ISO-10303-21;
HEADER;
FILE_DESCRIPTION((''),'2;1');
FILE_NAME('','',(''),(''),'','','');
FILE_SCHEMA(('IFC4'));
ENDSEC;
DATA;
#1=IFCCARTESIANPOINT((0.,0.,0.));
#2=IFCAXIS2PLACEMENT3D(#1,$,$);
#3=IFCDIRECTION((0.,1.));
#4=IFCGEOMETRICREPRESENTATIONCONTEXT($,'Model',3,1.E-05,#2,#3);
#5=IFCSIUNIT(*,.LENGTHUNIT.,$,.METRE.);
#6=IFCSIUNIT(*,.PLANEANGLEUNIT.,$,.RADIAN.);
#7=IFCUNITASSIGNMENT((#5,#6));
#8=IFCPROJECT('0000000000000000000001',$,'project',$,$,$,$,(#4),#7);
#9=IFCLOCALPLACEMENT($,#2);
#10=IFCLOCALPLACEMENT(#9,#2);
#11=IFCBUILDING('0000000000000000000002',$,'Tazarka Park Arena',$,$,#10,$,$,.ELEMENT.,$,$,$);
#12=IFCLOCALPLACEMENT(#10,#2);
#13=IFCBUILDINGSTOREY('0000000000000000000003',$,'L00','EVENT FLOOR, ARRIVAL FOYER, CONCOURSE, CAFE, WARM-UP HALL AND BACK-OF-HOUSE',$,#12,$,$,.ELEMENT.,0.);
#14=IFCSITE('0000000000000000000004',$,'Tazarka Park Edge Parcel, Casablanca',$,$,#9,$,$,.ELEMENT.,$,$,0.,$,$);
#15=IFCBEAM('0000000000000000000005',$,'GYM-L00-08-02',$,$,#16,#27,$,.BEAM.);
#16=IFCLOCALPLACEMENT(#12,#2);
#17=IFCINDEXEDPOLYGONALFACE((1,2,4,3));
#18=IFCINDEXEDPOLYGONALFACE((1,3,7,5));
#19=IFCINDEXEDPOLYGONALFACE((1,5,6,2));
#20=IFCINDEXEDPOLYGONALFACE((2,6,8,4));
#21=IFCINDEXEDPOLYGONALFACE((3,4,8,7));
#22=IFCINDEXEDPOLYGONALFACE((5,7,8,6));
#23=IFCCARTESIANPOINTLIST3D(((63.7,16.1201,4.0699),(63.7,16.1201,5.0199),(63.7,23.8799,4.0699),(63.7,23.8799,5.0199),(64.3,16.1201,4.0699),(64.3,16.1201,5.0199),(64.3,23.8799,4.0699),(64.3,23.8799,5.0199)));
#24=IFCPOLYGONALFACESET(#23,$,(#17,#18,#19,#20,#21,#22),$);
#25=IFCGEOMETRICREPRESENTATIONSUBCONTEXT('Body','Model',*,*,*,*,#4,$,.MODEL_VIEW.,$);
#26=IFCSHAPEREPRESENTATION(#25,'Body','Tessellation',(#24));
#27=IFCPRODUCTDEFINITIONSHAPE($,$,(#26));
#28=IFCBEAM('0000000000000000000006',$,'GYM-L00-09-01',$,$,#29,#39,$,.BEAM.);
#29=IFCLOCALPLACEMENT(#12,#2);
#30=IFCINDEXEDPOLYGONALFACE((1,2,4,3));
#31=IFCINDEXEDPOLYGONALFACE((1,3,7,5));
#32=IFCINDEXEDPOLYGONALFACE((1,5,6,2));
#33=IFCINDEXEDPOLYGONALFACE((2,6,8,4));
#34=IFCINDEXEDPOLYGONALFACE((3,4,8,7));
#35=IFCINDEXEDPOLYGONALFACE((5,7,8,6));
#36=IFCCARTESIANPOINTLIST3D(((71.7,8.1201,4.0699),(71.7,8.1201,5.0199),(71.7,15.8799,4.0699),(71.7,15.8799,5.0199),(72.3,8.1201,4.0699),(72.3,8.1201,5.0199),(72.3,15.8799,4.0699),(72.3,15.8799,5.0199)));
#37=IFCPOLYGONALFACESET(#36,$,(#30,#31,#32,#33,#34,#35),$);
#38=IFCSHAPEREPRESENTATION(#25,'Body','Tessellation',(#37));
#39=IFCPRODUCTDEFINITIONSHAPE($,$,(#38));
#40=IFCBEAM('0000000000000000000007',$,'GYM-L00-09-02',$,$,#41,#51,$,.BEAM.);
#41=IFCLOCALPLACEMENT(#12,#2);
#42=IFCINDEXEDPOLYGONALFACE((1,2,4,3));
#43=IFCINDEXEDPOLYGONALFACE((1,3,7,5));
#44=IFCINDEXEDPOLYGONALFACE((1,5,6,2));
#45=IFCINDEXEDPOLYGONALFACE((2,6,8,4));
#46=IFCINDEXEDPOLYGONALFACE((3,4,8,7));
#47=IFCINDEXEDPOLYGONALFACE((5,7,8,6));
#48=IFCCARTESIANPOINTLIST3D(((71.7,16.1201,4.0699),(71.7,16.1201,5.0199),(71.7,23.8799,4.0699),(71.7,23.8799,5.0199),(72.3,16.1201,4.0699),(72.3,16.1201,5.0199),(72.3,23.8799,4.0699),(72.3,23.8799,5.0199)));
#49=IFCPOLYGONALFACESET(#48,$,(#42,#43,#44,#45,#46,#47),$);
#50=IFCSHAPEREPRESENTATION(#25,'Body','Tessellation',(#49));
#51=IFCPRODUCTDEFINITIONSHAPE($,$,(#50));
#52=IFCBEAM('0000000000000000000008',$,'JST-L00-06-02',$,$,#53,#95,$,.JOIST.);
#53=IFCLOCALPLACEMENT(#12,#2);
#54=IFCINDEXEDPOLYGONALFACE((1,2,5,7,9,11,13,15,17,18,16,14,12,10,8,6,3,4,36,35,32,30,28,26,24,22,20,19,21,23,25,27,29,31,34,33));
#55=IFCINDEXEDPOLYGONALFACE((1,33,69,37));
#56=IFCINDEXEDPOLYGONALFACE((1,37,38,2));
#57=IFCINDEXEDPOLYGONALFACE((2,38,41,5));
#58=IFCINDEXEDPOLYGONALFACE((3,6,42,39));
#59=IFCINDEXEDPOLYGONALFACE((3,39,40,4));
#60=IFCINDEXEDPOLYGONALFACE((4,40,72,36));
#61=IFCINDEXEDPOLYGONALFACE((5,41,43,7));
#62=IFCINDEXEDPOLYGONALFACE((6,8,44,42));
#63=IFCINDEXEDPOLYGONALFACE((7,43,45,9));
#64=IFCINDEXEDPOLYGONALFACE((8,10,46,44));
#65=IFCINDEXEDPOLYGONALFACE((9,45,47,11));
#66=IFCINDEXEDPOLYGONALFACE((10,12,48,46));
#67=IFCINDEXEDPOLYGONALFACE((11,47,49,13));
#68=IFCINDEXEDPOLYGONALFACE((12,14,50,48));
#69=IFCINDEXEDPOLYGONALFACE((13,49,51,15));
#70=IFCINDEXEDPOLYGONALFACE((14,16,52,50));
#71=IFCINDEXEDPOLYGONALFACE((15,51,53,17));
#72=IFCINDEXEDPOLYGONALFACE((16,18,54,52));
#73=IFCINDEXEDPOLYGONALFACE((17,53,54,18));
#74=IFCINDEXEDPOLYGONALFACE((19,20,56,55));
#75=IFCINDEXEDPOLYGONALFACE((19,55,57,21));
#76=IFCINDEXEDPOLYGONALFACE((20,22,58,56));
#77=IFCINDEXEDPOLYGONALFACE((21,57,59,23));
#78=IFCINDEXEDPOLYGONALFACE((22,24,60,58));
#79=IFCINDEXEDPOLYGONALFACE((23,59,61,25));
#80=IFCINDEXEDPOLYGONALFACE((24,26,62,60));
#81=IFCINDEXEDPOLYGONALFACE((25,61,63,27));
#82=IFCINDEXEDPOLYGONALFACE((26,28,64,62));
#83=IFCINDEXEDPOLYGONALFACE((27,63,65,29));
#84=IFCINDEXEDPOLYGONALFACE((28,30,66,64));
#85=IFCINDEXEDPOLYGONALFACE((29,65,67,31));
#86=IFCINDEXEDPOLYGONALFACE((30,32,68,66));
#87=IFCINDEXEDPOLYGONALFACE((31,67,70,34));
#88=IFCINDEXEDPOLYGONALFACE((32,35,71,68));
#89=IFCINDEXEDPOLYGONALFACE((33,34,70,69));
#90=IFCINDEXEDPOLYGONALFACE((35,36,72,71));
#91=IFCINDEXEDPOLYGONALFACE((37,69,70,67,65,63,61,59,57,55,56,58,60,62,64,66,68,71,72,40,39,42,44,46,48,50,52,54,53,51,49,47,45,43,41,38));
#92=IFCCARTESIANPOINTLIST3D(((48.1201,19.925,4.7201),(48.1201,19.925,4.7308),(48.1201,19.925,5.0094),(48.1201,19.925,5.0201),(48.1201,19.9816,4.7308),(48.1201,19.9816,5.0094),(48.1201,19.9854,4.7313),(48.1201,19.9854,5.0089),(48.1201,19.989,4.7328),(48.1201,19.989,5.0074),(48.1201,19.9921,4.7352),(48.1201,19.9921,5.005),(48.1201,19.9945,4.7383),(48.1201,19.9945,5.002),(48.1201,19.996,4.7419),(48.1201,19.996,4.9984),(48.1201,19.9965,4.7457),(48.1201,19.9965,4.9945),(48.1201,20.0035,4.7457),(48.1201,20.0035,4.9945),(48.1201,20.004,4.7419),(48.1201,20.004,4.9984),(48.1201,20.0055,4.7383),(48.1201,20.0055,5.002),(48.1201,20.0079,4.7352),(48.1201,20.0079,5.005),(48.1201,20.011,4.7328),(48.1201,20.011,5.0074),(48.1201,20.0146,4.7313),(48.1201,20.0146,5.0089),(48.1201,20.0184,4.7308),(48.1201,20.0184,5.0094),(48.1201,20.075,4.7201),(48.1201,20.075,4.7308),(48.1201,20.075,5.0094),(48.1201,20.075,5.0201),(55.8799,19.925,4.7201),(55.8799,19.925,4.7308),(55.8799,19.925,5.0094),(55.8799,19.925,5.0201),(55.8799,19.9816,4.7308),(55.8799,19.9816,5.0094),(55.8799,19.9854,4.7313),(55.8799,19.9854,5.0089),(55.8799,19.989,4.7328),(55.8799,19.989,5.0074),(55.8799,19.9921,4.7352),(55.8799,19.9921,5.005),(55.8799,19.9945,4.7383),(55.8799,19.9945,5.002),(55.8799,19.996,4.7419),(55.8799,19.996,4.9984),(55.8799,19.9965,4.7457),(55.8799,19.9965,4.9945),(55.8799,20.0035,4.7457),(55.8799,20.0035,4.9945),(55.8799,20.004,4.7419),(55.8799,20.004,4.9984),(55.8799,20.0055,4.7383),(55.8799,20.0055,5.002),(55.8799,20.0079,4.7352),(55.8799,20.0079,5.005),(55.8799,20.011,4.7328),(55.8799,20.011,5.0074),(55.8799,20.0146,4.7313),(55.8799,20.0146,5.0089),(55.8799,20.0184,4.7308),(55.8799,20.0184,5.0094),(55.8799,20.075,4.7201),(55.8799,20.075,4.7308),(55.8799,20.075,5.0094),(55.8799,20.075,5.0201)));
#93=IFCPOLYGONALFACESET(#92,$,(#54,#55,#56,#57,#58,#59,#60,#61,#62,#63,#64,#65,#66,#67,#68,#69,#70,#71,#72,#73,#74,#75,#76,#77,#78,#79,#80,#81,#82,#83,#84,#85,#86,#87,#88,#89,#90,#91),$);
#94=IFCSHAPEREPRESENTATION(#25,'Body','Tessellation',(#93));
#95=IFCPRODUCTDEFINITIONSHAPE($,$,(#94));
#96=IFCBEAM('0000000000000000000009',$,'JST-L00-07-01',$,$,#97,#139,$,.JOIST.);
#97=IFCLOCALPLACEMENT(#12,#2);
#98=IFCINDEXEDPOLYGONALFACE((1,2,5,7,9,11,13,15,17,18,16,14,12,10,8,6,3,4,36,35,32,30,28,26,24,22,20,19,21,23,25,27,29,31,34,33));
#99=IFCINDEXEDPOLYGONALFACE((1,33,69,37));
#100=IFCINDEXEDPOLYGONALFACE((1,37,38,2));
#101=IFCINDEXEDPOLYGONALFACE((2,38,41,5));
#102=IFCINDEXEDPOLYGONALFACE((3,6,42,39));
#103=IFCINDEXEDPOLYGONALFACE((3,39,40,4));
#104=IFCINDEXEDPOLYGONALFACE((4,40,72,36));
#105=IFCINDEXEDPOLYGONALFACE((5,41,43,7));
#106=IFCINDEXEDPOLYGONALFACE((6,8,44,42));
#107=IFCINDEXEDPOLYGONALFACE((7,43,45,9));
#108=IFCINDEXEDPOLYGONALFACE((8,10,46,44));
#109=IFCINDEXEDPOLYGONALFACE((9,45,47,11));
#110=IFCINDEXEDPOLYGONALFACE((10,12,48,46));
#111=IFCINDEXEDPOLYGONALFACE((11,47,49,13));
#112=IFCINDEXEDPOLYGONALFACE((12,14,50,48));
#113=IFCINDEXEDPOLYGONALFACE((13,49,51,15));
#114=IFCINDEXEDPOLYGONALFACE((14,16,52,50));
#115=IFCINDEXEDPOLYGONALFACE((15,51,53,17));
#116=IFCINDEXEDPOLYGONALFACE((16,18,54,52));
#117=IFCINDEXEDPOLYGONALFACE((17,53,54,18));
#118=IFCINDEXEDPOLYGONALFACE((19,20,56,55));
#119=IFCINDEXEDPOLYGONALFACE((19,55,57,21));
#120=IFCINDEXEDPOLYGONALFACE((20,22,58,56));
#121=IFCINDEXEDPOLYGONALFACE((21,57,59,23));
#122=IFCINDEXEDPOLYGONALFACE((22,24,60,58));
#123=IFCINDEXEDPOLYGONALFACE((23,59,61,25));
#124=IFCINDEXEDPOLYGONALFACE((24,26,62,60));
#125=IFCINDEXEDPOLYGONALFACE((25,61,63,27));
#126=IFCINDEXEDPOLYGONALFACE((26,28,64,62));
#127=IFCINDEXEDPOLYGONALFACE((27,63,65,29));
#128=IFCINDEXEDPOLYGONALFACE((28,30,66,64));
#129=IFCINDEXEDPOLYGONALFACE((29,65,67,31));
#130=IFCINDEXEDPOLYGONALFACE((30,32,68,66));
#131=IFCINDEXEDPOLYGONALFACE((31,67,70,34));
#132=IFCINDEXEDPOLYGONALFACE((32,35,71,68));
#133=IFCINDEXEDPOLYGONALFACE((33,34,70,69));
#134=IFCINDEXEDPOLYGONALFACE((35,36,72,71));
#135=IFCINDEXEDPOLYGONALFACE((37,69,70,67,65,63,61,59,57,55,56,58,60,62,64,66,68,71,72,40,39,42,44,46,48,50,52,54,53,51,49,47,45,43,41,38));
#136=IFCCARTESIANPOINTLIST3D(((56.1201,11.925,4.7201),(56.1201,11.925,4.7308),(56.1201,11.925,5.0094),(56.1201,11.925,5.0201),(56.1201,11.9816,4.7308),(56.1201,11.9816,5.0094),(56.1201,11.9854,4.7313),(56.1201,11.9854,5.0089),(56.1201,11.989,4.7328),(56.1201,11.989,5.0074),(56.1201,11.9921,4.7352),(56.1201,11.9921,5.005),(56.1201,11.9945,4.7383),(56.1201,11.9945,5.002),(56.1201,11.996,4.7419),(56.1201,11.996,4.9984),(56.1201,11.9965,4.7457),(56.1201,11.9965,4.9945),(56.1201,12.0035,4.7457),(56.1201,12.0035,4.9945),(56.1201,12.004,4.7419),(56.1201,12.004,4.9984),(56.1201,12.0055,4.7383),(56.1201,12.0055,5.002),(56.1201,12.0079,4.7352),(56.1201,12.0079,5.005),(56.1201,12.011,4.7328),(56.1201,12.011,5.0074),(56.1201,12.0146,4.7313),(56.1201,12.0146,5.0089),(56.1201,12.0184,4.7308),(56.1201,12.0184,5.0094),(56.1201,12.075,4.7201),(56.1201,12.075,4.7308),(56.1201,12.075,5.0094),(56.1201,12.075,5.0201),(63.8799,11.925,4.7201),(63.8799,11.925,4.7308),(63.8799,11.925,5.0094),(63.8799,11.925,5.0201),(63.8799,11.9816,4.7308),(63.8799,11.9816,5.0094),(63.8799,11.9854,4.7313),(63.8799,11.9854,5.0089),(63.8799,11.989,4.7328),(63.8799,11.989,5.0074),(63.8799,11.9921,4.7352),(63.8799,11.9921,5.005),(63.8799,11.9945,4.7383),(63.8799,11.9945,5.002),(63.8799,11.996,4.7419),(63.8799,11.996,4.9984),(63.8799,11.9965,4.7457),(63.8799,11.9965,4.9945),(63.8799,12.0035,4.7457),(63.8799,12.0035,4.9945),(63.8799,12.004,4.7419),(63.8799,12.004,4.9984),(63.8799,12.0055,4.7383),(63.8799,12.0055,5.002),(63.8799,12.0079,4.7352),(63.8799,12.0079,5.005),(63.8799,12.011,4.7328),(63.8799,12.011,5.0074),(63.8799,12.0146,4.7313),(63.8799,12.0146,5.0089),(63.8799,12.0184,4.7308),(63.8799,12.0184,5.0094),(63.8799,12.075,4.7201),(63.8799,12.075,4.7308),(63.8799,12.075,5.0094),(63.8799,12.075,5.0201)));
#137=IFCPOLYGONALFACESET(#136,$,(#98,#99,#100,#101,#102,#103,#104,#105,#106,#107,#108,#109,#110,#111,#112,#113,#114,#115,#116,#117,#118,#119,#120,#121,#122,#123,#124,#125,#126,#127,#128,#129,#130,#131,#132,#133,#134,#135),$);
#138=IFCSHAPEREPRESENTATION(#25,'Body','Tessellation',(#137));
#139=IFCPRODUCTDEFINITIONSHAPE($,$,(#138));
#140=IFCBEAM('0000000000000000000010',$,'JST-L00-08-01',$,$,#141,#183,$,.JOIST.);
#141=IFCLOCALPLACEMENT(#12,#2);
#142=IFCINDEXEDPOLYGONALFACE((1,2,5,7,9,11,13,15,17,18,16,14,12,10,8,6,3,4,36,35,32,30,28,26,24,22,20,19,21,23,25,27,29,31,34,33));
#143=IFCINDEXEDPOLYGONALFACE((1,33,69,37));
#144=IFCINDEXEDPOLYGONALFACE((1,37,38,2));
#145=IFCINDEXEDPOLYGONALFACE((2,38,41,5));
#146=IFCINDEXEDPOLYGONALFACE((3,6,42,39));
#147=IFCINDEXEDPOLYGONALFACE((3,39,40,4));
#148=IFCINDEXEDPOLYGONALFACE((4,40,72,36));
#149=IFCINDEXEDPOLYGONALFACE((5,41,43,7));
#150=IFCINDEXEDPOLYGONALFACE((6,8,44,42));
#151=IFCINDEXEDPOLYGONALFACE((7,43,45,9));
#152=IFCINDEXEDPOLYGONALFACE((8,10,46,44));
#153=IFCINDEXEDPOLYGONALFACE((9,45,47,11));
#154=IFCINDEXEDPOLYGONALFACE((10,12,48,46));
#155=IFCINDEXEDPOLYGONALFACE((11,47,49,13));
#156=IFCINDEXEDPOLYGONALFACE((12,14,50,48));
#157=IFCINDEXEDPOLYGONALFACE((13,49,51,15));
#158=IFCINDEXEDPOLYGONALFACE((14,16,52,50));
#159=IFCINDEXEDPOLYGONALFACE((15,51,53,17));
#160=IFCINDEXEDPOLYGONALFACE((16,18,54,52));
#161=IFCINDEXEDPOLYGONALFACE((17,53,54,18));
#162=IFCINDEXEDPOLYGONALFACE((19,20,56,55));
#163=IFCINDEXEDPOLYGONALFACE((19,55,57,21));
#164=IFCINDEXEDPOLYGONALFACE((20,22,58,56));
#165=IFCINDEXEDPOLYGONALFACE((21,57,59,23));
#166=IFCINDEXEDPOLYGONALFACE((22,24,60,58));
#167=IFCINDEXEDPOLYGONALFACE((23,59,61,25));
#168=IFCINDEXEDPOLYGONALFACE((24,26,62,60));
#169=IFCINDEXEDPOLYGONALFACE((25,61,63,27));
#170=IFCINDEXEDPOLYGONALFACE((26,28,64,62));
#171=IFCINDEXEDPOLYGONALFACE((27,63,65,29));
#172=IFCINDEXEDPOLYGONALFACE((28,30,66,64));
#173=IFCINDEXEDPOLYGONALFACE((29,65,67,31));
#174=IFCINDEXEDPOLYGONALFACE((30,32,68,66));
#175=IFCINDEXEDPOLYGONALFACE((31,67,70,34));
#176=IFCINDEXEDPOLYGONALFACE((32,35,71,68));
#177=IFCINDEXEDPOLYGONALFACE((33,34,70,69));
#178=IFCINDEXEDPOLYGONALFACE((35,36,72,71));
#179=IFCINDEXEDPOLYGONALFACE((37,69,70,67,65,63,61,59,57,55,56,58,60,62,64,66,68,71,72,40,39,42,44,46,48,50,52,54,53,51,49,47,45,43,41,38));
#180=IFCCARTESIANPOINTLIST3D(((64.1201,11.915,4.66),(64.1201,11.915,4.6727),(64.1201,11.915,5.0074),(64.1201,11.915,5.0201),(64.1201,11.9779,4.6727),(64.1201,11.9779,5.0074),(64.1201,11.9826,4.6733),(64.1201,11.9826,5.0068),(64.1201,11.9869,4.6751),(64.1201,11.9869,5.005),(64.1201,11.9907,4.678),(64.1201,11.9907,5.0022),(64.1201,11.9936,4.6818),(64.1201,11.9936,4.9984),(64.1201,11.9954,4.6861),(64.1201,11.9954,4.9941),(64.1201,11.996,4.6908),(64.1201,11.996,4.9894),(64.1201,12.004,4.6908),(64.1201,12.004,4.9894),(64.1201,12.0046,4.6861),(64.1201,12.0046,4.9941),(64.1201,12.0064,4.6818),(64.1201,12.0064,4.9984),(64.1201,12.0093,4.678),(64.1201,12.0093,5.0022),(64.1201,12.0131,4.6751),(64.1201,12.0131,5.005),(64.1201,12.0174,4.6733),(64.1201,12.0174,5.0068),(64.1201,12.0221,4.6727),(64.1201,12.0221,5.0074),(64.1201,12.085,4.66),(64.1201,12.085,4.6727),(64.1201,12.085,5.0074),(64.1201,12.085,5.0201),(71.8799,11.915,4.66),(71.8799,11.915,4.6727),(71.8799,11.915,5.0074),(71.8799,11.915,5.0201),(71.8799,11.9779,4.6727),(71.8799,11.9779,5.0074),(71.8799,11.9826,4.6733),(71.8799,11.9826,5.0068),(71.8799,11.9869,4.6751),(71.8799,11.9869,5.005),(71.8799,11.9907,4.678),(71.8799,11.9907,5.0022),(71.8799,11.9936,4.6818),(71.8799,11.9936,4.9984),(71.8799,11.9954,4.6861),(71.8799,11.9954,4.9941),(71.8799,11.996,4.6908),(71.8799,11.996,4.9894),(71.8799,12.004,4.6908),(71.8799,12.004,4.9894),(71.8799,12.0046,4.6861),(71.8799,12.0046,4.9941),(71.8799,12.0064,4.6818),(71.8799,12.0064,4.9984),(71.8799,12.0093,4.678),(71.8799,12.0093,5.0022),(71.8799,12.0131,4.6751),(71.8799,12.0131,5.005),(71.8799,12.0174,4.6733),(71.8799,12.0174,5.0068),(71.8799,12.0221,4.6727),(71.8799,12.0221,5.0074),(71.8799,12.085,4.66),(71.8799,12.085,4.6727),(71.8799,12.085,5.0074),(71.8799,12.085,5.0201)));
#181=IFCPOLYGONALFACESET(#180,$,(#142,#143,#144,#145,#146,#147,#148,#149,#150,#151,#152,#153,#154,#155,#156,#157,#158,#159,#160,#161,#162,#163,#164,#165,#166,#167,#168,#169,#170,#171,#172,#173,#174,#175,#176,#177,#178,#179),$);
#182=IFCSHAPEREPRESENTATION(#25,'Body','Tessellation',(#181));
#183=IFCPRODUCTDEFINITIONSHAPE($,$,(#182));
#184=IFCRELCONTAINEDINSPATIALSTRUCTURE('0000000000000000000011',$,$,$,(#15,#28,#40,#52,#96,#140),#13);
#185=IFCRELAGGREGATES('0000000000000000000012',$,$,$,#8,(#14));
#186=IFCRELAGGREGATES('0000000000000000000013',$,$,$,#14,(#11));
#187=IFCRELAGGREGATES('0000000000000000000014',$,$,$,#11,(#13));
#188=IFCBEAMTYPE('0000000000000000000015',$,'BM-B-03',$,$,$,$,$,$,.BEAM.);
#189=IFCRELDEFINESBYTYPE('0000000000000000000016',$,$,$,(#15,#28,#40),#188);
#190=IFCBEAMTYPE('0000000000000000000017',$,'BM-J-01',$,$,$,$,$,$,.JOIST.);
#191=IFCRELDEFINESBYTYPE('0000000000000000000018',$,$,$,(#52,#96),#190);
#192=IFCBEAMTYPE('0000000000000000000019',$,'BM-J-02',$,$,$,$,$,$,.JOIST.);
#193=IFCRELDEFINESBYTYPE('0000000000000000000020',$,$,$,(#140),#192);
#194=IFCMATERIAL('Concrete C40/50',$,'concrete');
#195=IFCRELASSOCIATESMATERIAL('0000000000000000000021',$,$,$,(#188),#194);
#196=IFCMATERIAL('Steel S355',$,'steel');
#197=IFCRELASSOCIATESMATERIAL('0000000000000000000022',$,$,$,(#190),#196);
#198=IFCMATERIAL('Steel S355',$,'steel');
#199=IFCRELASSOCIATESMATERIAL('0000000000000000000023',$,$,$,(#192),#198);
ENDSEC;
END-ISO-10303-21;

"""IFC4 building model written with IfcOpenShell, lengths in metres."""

from ifc_helpers import new_model, si_unit, direction, frame, origin, origin_2d, place, context, subcontext, project, spatial, rectangle, i_section, extrude, material, material_profile, profile_set, type_object, element, save


model = new_model("IFC4")

# Units and contexts
model_context = context("Model", 3, precision=1e-05, world=origin(), true_north=direction((0.0, 1.0)))
body_context = subcontext(model_context, "Body", "Model", "MODEL_VIEW")
ifc_project = project(units=[si_unit("LENGTHUNIT", "METRE"), si_unit("PLANEANGLEUNIT", "RADIAN")], contexts=[model_context])

# Site, building, storey
site_placement = place(None, origin())
site = spatial("IfcSite", under=ifc_project, at=site_placement, Name="Tazarka Park Edge Parcel, Casablanca", CompositionType="ELEMENT", RefElevation=0.0)
building_placement = place(site_placement, origin())
building = spatial("IfcBuilding", under=site, at=building_placement, Name="Tazarka Park Arena", CompositionType="ELEMENT")
storey_placement = place(building_placement, origin())
storey = spatial("IfcBuildingStorey", under=building, at=storey_placement, Name="L00", Description="EVENT FLOOR, ARRIVAL FOYER, CONCOURSE, CAFE, WARM-UP HALL AND BACK-OF-HOUSE", CompositionType="ELEMENT", Elevation=0.0)

# Beams
ifc_material_1 = material(Name="Concrete C40/50", Category="concrete")
ifc_material_profile_1 = material_profile(ifc_material_1, rectangle(XDim=0.6001, YDim=0.95, at=origin_2d()), Name="Concrete C40/50")
ifc_profile_set_1 = profile_set([ifc_material_profile_1], Name="Concrete C40/50")
beam_type_1 = type_object("IfcBeamType", Name="BM-B-03", PredefinedType="BEAM", material=ifc_profile_set_1)
for number, where, z_axis, x_axis, name in (
    (1, (64.0, 16.1201, 4.5449), (0.0, 1.0, 0.0), (-1.0, 0.0, 0.0), "GYM-L00-08-02"),
    (2, (72.0, 8.1201, 4.5449), (0.0, 1.0, 0.0), (-1.0, 0.0, 0.0), "GYM-L00-09-01"),
    (3, (72.0, 16.1201, 4.5449), (0.0, 1.0, 0.0), (-1.0, 0.0, 0.0), "GYM-L00-09-02"),
):
    element("IfcBeam", number, at=place(storey_placement, frame(where, z_axis=z_axis, x_axis=x_axis)), inside=storey, type_object=beam_type_1, Name=name, PredefinedType="BEAM", context=body_context, shape_type="SweptSolid", body=[
        extrude(rectangle(XDim=0.6001, YDim=0.95, at=origin_2d()), origin(), (0.0, 0.0, 1.0), 7.7598),
    ])
ifc_material_2 = material(Name="Steel S355", Category="steel")
ifc_material_profile_2 = material_profile(ifc_material_2, i_section(OverallWidth=0.1499, OverallDepth=0.3, WebThickness=0.0071, FlangeThickness=0.0107, FilletRadius=0.0149, at=origin_2d()), Name="Steel S355")
ifc_profile_set_2 = profile_set([ifc_material_profile_2], Name="Steel S355")
beam_type_2 = type_object("IfcBeamType", Name="BM-J-01", PredefinedType="JOIST", material=ifc_profile_set_2)
for number, where, z_axis, x_axis, name in (
    (4, (48.1201, 20.0, 4.8701), (1.0, 0.0, 0.0), (0.0, 1.0, 0.0), "JST-L00-06-02"),
    (5, (56.1201, 12.0, 4.8701), (1.0, 0.0, 0.0), (0.0, 1.0, 0.0), "JST-L00-07-01"),
):
    element("IfcBeam", number, at=place(storey_placement, frame(where, z_axis=z_axis, x_axis=x_axis)), inside=storey, type_object=beam_type_2, Name=name, PredefinedType="JOIST", context=body_context, shape_type="SweptSolid", body=[
        extrude(i_section(OverallWidth=0.1499, OverallDepth=0.3, WebThickness=0.0071, FlangeThickness=0.0107, FilletRadius=0.0149, at=origin_2d()), origin(), (0.0, 0.0, 1.0), 7.7598),
    ])
ifc_material_3 = material(Name="Steel S355", Category="steel")
ifc_material_profile_3 = material_profile(ifc_material_3, i_section(OverallWidth=0.1699, OverallDepth=0.3601, WebThickness=0.0081, FlangeThickness=0.0127, FilletRadius=0.0181, at=origin_2d()), Name="Steel S355")
ifc_profile_set_3 = profile_set([ifc_material_profile_3], Name="Steel S355")
beam_type_3 = type_object("IfcBeamType", Name="BM-J-02", PredefinedType="JOIST", material=ifc_profile_set_3)
beam_1_placement = place(storey_placement, frame((64.1201, 12.0, 4.8401), z_axis=(1.0, 0.0, 0.0), x_axis=(0.0, 1.0, 0.0)))
element("IfcBeam", 6, at=beam_1_placement, inside=storey, type_object=beam_type_3, Name="JST-L00-08-01", PredefinedType="JOIST", context=body_context, shape_type="SweptSolid", body=[
    extrude(i_section(OverallWidth=0.1699, OverallDepth=0.3601, WebThickness=0.0081, FlangeThickness=0.0127, FilletRadius=0.0181, at=origin_2d()), origin(), (0.0, 0.0, 1.0), 7.7598),
])

save(model, "model.ifc")
